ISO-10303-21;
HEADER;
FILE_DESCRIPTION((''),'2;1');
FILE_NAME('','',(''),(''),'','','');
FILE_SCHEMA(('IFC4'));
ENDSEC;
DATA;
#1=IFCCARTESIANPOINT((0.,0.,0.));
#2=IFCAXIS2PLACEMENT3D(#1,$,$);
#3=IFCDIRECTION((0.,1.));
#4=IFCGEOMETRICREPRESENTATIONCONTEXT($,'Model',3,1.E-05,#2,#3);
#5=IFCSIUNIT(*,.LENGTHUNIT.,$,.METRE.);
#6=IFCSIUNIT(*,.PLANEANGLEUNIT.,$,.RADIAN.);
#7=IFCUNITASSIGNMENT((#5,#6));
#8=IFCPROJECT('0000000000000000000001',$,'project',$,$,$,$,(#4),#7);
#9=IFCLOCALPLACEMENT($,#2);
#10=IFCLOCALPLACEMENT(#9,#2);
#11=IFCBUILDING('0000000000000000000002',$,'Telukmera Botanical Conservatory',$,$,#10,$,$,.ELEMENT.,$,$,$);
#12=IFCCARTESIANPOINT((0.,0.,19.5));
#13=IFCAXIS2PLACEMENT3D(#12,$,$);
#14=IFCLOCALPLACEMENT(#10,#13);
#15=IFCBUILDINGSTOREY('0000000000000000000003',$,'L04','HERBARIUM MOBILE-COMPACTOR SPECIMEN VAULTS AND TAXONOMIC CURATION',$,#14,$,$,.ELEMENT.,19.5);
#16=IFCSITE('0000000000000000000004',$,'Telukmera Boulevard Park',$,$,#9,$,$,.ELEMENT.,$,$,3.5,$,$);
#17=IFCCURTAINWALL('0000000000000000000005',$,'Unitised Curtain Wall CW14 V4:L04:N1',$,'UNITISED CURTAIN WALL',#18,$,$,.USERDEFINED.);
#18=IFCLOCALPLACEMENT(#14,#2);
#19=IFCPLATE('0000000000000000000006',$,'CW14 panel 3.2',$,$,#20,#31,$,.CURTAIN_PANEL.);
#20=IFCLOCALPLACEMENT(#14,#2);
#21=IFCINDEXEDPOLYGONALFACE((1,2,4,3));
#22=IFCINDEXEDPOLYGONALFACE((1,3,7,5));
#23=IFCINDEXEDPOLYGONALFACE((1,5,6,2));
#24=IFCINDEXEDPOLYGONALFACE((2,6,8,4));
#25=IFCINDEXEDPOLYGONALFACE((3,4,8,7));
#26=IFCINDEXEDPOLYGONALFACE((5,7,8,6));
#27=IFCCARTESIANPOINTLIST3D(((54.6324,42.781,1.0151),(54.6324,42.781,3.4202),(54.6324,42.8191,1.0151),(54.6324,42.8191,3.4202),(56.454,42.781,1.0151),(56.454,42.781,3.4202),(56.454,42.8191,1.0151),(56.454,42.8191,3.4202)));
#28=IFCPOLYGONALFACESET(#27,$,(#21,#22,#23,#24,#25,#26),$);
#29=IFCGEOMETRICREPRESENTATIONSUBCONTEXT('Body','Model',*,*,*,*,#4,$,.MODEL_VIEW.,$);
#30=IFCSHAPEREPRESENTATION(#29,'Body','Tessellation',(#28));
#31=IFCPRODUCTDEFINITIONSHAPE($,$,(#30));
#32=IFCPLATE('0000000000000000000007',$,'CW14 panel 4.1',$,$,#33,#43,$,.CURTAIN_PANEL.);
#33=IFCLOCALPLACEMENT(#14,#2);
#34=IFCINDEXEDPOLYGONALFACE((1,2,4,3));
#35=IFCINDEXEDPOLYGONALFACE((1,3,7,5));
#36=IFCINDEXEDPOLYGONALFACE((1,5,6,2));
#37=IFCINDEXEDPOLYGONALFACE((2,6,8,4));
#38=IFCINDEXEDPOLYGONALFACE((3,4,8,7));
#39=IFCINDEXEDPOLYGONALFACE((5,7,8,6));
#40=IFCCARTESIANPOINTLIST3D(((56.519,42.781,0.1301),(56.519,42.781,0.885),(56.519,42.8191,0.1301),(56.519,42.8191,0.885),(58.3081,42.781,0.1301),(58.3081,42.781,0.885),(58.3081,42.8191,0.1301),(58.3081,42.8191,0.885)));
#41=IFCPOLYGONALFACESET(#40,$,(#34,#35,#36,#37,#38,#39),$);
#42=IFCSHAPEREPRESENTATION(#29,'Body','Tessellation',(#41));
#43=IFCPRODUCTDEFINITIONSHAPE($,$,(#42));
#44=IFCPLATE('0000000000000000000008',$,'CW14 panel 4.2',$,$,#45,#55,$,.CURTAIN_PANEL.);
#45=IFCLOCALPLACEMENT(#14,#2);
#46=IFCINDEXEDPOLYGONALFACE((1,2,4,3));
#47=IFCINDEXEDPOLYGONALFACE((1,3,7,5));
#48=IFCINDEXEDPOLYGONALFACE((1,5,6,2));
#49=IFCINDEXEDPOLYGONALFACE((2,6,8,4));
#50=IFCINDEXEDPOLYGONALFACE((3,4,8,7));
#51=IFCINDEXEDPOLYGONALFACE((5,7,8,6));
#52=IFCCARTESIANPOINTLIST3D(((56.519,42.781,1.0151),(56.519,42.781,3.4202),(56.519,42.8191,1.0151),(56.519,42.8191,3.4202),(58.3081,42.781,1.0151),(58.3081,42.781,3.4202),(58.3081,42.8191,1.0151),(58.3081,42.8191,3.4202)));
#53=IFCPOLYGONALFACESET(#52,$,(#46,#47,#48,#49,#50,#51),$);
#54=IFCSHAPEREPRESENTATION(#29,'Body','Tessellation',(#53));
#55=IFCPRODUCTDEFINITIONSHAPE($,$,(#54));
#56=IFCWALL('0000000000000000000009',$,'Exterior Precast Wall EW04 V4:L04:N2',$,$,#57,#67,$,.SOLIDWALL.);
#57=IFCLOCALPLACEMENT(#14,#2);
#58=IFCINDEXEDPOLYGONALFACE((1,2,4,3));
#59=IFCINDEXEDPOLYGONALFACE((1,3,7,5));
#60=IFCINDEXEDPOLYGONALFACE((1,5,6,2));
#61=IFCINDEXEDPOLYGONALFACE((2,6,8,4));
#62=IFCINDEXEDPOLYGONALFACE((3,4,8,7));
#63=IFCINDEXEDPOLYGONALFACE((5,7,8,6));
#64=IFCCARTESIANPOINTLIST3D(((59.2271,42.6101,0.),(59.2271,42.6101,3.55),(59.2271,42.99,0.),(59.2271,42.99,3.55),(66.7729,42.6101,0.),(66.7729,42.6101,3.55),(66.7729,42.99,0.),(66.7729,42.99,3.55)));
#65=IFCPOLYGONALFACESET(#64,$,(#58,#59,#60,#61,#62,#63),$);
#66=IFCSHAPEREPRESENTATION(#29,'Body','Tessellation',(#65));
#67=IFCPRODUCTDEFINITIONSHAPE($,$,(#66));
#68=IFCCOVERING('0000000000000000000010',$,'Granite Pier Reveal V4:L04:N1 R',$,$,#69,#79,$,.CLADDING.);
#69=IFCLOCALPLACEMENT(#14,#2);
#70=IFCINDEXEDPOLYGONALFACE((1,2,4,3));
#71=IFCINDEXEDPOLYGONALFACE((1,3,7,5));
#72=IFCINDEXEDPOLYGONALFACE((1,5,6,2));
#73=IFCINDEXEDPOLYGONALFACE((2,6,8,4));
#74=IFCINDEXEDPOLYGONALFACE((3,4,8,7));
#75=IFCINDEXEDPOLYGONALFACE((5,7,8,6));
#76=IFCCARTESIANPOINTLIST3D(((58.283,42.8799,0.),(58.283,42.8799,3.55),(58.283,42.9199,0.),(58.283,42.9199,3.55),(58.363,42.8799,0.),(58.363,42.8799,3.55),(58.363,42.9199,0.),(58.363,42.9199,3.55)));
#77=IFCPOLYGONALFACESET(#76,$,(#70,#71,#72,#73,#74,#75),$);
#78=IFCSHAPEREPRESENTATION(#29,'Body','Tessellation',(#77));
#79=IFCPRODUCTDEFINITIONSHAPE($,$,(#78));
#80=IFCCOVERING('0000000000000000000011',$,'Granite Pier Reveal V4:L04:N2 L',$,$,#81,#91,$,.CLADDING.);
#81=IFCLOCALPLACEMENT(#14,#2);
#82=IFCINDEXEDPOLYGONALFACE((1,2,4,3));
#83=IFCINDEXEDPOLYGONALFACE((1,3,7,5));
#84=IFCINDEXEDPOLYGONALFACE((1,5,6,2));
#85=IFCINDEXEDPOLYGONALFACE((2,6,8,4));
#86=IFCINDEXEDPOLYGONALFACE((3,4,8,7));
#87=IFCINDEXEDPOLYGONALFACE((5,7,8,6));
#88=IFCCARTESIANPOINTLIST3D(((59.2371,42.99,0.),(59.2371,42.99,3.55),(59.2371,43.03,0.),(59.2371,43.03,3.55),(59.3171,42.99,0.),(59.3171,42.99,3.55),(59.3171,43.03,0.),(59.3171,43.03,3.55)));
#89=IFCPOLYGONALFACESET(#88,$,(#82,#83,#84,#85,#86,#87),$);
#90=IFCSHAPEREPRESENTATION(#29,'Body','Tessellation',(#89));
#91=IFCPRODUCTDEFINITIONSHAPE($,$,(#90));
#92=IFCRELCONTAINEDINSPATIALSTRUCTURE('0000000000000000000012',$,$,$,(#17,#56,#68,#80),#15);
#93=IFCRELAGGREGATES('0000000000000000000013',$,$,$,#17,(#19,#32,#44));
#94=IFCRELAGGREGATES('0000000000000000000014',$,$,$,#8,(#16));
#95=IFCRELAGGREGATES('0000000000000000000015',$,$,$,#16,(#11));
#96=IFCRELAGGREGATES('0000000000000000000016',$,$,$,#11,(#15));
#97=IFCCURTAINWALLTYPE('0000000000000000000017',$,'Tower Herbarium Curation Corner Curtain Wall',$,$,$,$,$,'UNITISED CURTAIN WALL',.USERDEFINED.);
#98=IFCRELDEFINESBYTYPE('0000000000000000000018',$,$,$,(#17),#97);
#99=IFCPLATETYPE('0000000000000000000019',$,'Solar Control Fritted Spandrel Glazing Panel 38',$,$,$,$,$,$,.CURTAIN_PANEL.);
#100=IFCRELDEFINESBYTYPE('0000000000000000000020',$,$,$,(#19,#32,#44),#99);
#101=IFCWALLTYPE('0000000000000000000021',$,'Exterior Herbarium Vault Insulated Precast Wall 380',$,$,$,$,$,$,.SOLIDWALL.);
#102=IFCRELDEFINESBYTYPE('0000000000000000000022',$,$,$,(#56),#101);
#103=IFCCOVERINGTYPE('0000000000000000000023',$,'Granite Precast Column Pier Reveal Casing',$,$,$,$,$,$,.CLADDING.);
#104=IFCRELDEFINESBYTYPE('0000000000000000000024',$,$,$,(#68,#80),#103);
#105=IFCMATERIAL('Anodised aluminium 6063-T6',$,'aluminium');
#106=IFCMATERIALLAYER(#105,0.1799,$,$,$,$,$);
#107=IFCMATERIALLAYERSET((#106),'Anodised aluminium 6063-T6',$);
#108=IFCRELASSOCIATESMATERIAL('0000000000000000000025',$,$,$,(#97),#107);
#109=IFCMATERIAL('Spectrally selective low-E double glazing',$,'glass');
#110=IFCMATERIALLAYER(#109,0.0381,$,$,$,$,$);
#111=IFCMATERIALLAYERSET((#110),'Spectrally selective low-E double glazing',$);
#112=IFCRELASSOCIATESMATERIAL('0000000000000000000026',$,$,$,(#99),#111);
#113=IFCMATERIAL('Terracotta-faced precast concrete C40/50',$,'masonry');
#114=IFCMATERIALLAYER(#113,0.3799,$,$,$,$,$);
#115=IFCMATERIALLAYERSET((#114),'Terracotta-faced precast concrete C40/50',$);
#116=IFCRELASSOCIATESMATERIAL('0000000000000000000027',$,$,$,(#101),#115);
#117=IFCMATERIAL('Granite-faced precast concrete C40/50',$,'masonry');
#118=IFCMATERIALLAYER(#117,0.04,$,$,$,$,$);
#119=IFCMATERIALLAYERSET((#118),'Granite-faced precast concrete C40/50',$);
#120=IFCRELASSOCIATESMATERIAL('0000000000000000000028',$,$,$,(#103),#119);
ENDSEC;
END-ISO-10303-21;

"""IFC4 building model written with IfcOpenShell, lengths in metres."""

from ifc_helpers import new_model, si_unit, direction, frame, frame_2d, origin, origin_2d, place, context, subcontext, project, spatial, rectangle, extrude, material, layer, layer_set, type_object, element, aggregate, save


model = new_model("IFC4")

# Units and contexts
model_context = context("Model", 3, precision=1e-05, world=origin(), true_north=direction((0.0, 1.0)))
body_context = subcontext(model_context, "Body", "Model", "MODEL_VIEW")
ifc_project = project(units=[si_unit("LENGTHUNIT", "METRE"), si_unit("PLANEANGLEUNIT", "RADIAN")], contexts=[model_context])

# Site, building, storey
site_placement = place(None, origin())
site = spatial("IfcSite", under=ifc_project, at=site_placement, Name="Telukmera Boulevard Park", CompositionType="ELEMENT", RefElevation=3.5)
building_placement = place(site_placement, origin())
building = spatial("IfcBuilding", under=site, at=building_placement, Name="Telukmera Botanical Conservatory", CompositionType="ELEMENT")
storey_placement = place(building_placement, frame((0.0, 0.0, 19.5)))
storey = spatial("IfcBuildingStorey", under=building, at=storey_placement, Name="L04", Description="HERBARIUM MOBILE-COMPACTOR SPECIMEN VAULTS AND TAXONOMIC CURATION", CompositionType="ELEMENT", Elevation=19.5)

# Curtain wall, plates
ifc_material_1 = material(Name="Anodised aluminium 6063-T6", Category="aluminium")
ifc_layer_1 = layer(ifc_material_1, 0.1799)
ifc_layer_set_1 = layer_set([ifc_layer_1], Name="Anodised aluminium 6063-T6")
curtain_wall_type = type_object("IfcCurtainWallType", Name="Tower Herbarium Curation Corner Curtain Wall", ElementType="UNITISED CURTAIN WALL", PredefinedType="USERDEFINED", material=ifc_layer_set_1)
curtain_wall_placement = place(storey_placement, origin())
curtain_wall = element("IfcCurtainWall", 1, at=curtain_wall_placement, inside=storey, type_object=curtain_wall_type, Name="Unitised Curtain Wall CW14 V4:L04:N1", ObjectType="UNITISED CURTAIN WALL", PredefinedType="USERDEFINED")
ifc_material_2 = material(Name="Spectrally selective low-E double glazing", Category="glass")
ifc_layer_2 = layer(ifc_material_2, 0.0381)
ifc_layer_set_2 = layer_set([ifc_layer_2], Name="Spectrally selective low-E double glazing")
plate_type = type_object("IfcPlateType", Name="Solar Control Fritted Spandrel Glazing Panel 38", PredefinedType="CURTAIN_PANEL", material=ifc_layer_set_2)
plate_1_placement = place(storey_placement, frame((55.5432, 42.8, 1.0151), z_axis=(0.0, 0.0, 1.0), x_axis=(1.0, 0.0, 0.0)))
plate_1 = element("IfcPlate", 2, at=plate_1_placement, type_object=plate_type, Name="CW14 panel 3.2", PredefinedType="CURTAIN_PANEL", context=body_context, shape_type="SweptSolid", body=[
    extrude(rectangle(XDim=1.8215, YDim=0.0381, at=origin_2d()), origin(), (0.0, 0.0, 1.0), 2.405),
])
plate_2_placement = place(storey_placement, frame((57.4136, 42.8, 0.1301), z_axis=(0.0, 0.0, 1.0), x_axis=(1.0, 0.0, 0.0)))
plate_2 = element("IfcPlate", 3, at=plate_2_placement, type_object=plate_type, Name="CW14 panel 4.1", PredefinedType="CURTAIN_PANEL", context=body_context, shape_type="SweptSolid", body=[
    extrude(rectangle(XDim=1.7891, YDim=0.0381, at=origin_2d()), origin(), (0.0, 0.0, 1.0), 0.7549),
])
plate_3_placement = place(storey_placement, frame((57.4136, 42.8, 1.0151), z_axis=(0.0, 0.0, 1.0), x_axis=(1.0, 0.0, 0.0)))
plate_3 = element("IfcPlate", 4, at=plate_3_placement, type_object=plate_type, Name="CW14 panel 4.2", PredefinedType="CURTAIN_PANEL", context=body_context, shape_type="SweptSolid", body=[
    extrude(rectangle(XDim=1.7891, YDim=0.0381, at=origin_2d()), origin(), (0.0, 0.0, 1.0), 2.405),
])
aggregate(curtain_wall, [plate_1, plate_2, plate_3])

# Wall
ifc_material_3 = material(Name="Terracotta-faced precast concrete C40/50", Category="masonry")
ifc_layer_3 = layer(ifc_material_3, 0.3799)
ifc_layer_set_3 = layer_set([ifc_layer_3], Name="Terracotta-faced precast concrete C40/50")
wall_type = type_object("IfcWallType", Name="Exterior Herbarium Vault Insulated Precast Wall 380", PredefinedType="SOLIDWALL", material=ifc_layer_set_3)
wall_placement = place(storey_placement, frame((59.2271, 42.8, 0.0), z_axis=(0.0, 0.0, 1.0), x_axis=(1.0, 0.0, 0.0)))
element("IfcWall", 5, at=wall_placement, inside=storey, type_object=wall_type, Name="Exterior Precast Wall EW04 V4:L04:N2", PredefinedType="SOLIDWALL", context=body_context, shape_type="SweptSolid", body=[
    extrude(rectangle(XDim=7.5459, YDim=0.3799, at=frame_2d((3.7729, 0.0))), origin(), (0.0, 0.0, 1.0), 3.55),
])

# Coverings
ifc_material_4 = material(Name="Granite-faced precast concrete C40/50", Category="masonry")
ifc_layer_4 = layer(ifc_material_4, 0.04)
ifc_layer_set_4 = layer_set([ifc_layer_4], Name="Granite-faced precast concrete C40/50")
covering_type = type_object("IfcCoveringType", Name="Granite Precast Column Pier Reveal Casing", PredefinedType="CLADDING", material=ifc_layer_set_4)
for number, where, z_axis, x_axis, name in (
    (6, (58.323, 42.8999, 0.0), (0.0, 0.0, 1.0), (1.0, 0.0, 0.0), "Granite Pier Reveal V4:L04:N1 R"),
    (7, (59.2771, 43.01, 0.0), (0.0, 0.0, 1.0), (1.0, 0.0, 0.0), "Granite Pier Reveal V4:L04:N2 L"),
):
    element("IfcCovering", number, at=place(storey_placement, frame(where, z_axis=z_axis, x_axis=x_axis)), inside=storey, type_object=covering_type, Name=name, PredefinedType="CLADDING", context=body_context, shape_type="SweptSolid", body=[
        extrude(rectangle(XDim=0.0801, YDim=0.04, at=origin_2d()), origin(), (0.0, 0.0, 1.0), 3.55),
    ])

save(model, "model.ifc")
